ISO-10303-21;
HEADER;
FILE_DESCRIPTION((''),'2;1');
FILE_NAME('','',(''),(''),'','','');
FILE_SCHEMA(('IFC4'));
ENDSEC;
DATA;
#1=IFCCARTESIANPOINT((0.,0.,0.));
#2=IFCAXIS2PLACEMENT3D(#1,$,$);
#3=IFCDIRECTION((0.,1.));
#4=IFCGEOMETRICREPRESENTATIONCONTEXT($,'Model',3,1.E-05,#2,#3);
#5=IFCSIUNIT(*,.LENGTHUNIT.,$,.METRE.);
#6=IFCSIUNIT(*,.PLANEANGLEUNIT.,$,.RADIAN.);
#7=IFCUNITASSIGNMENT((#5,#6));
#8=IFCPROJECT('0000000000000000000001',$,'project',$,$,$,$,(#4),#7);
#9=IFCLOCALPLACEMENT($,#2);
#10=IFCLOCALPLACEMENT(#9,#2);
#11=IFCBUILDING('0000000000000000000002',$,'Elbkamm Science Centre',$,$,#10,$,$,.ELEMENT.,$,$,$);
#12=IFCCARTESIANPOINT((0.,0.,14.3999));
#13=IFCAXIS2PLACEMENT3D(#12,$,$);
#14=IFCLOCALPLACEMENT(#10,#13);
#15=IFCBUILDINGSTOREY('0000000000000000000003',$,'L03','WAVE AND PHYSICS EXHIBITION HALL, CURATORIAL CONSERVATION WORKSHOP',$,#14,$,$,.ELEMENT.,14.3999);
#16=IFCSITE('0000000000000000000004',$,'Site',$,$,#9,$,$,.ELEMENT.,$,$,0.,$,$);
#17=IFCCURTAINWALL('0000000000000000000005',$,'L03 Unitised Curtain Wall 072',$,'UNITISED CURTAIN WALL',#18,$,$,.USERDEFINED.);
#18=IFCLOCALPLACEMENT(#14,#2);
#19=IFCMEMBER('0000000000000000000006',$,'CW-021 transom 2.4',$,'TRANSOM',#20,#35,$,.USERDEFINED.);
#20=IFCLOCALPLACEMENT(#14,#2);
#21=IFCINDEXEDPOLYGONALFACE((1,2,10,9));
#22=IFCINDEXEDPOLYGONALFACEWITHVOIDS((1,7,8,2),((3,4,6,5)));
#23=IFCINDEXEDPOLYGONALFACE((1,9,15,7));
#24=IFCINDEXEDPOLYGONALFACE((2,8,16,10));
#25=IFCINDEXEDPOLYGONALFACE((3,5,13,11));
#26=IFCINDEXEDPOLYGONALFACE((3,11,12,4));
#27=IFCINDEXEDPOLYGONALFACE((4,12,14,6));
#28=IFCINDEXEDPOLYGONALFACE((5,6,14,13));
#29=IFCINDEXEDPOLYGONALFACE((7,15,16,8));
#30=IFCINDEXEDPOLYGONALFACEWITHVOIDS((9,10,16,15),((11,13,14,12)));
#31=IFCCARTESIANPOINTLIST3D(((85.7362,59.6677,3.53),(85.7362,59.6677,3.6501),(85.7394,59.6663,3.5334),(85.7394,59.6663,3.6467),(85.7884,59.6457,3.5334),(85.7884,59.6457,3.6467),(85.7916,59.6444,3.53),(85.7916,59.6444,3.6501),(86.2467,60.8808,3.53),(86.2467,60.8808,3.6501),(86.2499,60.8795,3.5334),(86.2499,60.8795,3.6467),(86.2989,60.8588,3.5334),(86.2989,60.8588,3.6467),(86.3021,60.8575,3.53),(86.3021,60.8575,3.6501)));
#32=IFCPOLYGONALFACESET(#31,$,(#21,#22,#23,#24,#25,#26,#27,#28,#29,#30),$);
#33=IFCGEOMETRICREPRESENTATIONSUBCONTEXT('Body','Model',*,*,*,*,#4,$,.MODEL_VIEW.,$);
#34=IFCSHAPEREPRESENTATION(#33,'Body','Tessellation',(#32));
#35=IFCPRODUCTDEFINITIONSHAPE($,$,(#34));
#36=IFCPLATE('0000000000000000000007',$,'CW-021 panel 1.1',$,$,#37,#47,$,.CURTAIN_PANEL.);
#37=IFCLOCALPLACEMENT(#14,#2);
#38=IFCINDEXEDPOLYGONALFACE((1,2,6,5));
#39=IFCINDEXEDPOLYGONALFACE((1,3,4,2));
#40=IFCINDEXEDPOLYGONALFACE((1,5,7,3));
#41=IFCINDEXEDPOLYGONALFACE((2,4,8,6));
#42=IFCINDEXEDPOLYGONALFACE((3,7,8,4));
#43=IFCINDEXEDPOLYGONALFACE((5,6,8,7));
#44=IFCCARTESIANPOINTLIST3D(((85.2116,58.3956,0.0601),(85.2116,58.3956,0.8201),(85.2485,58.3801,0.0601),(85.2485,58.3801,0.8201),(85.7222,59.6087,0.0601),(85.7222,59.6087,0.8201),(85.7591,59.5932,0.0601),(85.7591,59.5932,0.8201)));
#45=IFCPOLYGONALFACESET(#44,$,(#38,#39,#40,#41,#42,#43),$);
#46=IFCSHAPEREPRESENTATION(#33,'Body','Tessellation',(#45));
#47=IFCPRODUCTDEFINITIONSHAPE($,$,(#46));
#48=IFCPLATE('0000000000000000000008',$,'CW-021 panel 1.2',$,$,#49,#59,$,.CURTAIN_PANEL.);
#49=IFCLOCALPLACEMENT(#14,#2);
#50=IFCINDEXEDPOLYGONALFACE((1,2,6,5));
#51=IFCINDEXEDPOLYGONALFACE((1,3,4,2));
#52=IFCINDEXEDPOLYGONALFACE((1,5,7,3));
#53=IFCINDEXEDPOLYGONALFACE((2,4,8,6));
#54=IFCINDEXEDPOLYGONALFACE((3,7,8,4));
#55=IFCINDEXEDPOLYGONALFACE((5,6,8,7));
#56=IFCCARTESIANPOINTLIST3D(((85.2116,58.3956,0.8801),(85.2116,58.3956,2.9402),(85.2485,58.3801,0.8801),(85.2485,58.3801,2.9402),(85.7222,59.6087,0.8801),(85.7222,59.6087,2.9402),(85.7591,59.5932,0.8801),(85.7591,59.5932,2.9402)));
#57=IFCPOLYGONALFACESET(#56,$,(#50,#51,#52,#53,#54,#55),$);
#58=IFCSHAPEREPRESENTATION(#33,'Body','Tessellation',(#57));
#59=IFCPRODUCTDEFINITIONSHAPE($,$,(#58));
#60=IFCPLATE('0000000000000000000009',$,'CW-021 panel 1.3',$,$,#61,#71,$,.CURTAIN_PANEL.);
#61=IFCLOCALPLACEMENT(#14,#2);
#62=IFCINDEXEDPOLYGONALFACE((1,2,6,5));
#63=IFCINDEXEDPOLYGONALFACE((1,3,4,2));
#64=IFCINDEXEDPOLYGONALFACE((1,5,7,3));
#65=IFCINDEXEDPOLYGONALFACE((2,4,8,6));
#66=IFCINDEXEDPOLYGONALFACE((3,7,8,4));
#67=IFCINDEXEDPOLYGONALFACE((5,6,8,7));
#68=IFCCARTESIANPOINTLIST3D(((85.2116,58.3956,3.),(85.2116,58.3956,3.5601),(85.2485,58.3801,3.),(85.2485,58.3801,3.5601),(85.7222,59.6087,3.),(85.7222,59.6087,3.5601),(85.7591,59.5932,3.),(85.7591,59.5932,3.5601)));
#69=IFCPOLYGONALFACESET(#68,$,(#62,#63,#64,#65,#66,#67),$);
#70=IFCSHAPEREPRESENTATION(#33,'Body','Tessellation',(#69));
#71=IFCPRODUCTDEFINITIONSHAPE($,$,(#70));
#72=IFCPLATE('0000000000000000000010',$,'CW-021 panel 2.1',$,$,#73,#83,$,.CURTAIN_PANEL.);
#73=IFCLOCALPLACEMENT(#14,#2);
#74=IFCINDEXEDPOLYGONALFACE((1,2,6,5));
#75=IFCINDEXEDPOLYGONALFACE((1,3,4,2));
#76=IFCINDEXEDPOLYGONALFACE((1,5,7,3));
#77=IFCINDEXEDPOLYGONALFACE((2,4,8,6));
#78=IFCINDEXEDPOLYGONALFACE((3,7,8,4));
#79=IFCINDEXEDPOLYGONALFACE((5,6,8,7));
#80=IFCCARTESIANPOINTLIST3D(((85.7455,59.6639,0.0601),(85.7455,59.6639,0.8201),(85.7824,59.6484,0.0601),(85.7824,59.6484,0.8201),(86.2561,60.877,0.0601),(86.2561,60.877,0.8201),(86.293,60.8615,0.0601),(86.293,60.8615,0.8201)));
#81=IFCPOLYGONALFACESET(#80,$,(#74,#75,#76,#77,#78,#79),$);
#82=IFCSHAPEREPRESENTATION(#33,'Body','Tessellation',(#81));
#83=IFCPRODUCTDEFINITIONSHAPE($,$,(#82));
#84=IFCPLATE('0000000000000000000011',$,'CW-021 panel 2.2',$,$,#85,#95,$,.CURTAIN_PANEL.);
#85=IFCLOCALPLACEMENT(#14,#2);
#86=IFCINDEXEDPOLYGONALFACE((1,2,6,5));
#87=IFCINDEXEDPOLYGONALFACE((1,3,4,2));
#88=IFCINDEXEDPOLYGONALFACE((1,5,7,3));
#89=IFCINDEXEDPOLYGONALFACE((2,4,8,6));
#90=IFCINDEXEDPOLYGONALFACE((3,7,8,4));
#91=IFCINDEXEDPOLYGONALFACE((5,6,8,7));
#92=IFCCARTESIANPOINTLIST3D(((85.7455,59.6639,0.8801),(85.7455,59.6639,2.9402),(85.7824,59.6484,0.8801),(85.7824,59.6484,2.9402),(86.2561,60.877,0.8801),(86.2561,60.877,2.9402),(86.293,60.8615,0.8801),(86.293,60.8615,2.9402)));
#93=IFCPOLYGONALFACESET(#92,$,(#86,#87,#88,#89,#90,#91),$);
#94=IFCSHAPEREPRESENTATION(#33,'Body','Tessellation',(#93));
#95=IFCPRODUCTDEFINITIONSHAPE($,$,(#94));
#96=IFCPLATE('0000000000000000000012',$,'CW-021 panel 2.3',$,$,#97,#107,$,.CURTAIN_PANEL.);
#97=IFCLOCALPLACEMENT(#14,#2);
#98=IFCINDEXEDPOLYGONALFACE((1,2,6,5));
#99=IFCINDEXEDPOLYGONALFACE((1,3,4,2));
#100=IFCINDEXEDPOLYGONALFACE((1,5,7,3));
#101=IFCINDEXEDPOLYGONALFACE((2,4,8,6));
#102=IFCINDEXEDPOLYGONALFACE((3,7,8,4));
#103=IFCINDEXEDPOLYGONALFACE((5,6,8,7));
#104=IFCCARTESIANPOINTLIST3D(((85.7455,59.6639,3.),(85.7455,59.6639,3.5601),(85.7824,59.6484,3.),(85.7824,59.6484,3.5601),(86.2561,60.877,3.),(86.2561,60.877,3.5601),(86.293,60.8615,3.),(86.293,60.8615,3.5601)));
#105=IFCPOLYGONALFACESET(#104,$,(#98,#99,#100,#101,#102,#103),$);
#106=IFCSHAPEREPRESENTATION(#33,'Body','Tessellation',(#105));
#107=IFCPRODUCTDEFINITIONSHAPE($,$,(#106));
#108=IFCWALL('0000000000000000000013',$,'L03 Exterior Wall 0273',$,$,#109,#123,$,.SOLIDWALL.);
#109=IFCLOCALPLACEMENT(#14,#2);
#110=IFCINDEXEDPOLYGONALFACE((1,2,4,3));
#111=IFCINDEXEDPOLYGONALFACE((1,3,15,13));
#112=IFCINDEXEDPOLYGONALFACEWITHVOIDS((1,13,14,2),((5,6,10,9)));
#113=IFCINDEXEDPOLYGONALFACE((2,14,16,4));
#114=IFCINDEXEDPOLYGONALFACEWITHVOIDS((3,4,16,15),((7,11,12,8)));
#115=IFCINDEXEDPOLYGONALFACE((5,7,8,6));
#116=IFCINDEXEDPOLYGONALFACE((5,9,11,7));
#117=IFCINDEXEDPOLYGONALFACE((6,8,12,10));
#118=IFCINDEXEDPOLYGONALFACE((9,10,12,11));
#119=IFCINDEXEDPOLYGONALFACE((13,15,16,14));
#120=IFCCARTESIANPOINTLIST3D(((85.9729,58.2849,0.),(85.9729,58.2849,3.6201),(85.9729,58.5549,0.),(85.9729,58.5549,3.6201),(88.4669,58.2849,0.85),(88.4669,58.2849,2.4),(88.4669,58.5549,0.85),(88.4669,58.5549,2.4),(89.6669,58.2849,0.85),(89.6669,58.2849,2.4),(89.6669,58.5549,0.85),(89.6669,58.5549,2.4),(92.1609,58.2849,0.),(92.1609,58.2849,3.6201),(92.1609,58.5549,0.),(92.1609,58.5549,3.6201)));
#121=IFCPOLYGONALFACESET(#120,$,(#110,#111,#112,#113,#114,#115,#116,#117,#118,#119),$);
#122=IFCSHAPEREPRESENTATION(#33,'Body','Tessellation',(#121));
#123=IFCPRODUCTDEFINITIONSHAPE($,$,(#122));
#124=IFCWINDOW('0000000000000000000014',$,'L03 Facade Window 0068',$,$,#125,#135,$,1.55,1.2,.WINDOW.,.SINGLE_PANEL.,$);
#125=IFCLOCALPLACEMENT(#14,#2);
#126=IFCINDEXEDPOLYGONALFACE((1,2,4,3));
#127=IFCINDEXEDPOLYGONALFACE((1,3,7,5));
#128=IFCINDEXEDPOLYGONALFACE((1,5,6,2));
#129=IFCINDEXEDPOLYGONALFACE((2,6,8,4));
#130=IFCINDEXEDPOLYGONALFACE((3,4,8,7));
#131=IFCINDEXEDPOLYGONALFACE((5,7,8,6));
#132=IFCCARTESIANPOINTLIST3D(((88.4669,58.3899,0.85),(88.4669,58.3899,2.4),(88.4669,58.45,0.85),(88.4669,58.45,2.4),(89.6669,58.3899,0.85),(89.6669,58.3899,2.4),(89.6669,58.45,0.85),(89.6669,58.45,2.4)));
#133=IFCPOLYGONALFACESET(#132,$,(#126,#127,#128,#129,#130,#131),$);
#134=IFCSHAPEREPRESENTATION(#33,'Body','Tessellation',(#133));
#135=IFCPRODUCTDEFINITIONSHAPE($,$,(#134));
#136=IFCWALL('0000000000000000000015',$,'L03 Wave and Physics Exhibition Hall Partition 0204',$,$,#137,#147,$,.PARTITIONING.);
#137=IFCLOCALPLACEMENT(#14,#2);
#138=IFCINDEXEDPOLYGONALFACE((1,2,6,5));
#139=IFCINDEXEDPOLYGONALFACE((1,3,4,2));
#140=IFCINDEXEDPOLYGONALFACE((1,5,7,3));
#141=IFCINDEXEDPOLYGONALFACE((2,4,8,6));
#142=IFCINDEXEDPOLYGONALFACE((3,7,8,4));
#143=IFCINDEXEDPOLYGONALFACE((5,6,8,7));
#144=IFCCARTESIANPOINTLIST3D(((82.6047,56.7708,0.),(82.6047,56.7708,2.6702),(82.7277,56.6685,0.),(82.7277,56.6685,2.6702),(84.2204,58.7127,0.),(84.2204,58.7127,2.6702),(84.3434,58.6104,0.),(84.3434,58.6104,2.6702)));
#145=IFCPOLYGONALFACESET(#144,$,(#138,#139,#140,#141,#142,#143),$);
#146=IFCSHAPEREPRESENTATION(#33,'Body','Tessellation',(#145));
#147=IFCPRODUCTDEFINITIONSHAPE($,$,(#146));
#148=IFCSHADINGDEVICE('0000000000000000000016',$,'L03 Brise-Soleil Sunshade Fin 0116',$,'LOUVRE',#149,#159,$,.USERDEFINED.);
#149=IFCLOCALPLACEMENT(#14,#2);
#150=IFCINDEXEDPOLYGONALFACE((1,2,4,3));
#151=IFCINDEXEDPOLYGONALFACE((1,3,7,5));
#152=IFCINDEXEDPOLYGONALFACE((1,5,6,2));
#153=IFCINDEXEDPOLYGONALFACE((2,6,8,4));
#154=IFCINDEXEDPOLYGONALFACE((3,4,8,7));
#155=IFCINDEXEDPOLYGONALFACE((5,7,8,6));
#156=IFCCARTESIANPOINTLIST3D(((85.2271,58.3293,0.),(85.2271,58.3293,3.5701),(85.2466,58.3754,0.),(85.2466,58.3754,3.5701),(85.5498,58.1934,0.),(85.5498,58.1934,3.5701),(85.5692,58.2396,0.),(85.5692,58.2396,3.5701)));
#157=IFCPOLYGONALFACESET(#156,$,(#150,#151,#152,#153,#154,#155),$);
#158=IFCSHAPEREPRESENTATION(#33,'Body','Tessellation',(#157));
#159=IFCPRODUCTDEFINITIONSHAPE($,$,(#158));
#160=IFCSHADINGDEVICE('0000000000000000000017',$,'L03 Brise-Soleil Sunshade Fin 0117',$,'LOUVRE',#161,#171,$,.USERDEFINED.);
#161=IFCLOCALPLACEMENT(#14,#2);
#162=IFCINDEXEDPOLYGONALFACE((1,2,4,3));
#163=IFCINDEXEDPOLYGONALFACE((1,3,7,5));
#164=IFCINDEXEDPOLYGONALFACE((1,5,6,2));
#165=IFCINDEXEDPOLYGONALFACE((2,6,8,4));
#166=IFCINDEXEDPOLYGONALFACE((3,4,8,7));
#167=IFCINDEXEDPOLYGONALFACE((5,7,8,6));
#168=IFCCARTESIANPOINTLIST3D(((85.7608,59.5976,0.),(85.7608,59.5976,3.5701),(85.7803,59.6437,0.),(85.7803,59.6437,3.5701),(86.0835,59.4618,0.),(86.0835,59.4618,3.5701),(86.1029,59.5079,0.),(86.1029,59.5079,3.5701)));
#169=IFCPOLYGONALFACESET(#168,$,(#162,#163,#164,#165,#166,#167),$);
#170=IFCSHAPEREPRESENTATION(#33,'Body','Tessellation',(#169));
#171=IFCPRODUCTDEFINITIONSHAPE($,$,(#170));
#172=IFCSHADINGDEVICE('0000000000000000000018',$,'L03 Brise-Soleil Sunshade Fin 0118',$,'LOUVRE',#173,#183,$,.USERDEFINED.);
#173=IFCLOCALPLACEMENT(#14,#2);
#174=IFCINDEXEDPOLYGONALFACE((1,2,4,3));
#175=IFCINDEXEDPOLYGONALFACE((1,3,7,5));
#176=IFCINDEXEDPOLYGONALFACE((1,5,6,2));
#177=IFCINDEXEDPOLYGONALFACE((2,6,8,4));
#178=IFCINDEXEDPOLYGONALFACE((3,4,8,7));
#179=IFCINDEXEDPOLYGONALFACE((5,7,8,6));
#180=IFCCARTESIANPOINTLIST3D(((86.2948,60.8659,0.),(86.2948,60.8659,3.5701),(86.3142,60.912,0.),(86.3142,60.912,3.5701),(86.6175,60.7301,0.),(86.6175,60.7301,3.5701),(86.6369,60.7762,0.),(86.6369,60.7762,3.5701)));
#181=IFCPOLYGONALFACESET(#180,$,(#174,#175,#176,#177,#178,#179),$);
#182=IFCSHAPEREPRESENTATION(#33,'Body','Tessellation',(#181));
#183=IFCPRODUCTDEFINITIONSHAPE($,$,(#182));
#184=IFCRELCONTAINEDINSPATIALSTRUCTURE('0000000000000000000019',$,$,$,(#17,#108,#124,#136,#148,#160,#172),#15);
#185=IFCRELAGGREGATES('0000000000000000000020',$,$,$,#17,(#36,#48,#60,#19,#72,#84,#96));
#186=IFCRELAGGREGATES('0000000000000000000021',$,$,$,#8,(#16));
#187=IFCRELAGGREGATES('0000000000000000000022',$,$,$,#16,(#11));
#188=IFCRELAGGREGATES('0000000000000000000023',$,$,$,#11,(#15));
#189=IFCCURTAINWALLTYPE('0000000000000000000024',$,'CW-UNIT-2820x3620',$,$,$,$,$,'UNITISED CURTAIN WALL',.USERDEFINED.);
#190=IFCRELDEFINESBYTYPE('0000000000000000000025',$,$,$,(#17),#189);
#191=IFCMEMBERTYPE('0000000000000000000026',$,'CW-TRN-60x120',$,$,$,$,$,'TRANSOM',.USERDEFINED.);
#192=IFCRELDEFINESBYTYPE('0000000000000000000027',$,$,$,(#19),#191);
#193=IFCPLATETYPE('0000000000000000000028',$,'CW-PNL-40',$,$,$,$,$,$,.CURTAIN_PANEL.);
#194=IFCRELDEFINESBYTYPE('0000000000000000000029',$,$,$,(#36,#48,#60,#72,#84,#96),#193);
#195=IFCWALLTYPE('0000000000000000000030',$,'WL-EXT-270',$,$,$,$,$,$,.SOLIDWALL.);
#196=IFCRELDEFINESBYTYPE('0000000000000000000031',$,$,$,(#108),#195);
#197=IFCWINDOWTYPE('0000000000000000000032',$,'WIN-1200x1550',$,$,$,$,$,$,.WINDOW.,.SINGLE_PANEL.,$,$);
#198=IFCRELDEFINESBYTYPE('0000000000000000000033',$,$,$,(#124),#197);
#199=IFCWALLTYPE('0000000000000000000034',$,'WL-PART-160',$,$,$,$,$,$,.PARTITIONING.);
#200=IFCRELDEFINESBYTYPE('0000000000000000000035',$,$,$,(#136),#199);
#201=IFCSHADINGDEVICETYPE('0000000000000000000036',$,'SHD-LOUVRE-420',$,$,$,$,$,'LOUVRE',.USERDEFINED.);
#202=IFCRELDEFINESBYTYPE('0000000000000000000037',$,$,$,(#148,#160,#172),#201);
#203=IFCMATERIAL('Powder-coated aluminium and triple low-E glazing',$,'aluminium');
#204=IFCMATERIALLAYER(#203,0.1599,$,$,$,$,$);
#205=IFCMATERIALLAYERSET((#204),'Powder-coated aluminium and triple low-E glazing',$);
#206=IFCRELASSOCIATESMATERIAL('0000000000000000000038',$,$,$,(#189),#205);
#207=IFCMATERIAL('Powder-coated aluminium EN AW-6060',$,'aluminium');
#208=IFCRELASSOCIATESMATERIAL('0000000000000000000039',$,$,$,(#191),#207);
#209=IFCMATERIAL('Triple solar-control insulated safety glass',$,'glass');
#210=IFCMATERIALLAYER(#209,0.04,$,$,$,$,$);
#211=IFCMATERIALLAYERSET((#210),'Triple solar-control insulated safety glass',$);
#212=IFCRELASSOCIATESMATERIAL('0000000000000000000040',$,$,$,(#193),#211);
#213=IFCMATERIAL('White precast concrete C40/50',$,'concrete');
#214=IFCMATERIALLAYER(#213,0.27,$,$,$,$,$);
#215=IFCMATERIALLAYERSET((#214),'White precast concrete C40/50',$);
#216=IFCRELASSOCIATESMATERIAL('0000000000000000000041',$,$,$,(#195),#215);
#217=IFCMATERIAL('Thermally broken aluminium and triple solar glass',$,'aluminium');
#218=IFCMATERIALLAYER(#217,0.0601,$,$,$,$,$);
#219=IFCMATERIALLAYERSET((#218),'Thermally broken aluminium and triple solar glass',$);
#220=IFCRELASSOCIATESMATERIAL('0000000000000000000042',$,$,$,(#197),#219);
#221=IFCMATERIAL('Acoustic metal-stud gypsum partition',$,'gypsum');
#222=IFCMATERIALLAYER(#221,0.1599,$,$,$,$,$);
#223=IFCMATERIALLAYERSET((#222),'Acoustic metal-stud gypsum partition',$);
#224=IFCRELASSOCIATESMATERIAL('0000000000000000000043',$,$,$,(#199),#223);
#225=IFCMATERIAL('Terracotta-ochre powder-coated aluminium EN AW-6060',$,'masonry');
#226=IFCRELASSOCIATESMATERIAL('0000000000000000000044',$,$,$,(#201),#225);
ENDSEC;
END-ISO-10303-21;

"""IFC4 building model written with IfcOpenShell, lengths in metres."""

from ifc_helpers import new_model, si_unit, direction, frame, frame_2d, origin, origin_2d, place, context, subcontext, project, spatial, rectangle, hollow_rectangle, extrude, material, layer, layer_set, material_profile, profile_set, type_object, element, fill, aggregate, save


model = new_model("IFC4")

# Units and contexts
model_context = context("Model", 3, precision=1e-05, world=origin(), true_north=direction((0.0, 1.0)))
body_context = subcontext(model_context, "Body", "Model", "MODEL_VIEW")
ifc_project = project(units=[si_unit("LENGTHUNIT", "METRE"), si_unit("PLANEANGLEUNIT", "RADIAN")], contexts=[model_context])

# Site, building, storey
site_placement = place(None, origin())
site = spatial("IfcSite", under=ifc_project, at=site_placement, Name="Site", CompositionType="ELEMENT", RefElevation=0.0)
building_placement = place(site_placement, origin())
building = spatial("IfcBuilding", under=site, at=building_placement, Name="Elbkamm Science Centre", CompositionType="ELEMENT")
storey_placement = place(building_placement, frame((0.0, 0.0, 14.3999)))
storey = spatial("IfcBuildingStorey", under=building, at=storey_placement, Name="L03", Description="WAVE AND PHYSICS EXHIBITION HALL, CURATORIAL CONSERVATION WORKSHOP", CompositionType="ELEMENT", Elevation=14.3999)

# Curtain wall, member, plates
ifc_material_1 = material(Name="Powder-coated aluminium and triple low-E glazing", Category="aluminium")
ifc_layer_1 = layer(ifc_material_1, 0.1599)
ifc_layer_set_1 = layer_set([ifc_layer_1], Name="Powder-coated aluminium and triple low-E glazing")
curtain_wall_type = type_object("IfcCurtainWallType", Name="CW-UNIT-2820x3620", ElementType="UNITISED CURTAIN WALL", PredefinedType="USERDEFINED", material=ifc_layer_set_1)
curtain_wall_placement = place(storey_placement, origin())
curtain_wall = element("IfcCurtainWall", 1, at=curtain_wall_placement, inside=storey, type_object=curtain_wall_type, Name="L03 Unitised Curtain Wall 072", ObjectType="UNITISED CURTAIN WALL", PredefinedType="USERDEFINED")
ifc_material_2 = material(Name="Powder-coated aluminium EN AW-6060", Category="aluminium")
ifc_material_profile_1 = material_profile(ifc_material_2, hollow_rectangle(XDim=0.0601, YDim=0.1201, WallThickness=0.0034, at=origin_2d()), Name="ALU T60x120")
ifc_profile_set_1 = profile_set([ifc_material_profile_1], Name="Powder-coated aluminium EN AW-6060")
member_type_1 = type_object("IfcMemberType", Name="CW-TRN-60x120", ElementType="TRANSOM", PredefinedType="USERDEFINED", material=ifc_profile_set_1)
member_1_placement = place(storey_placement, frame((85.7639, 59.656, 3.5901), z_axis=(0.387866, 0.921716, 0.0), x_axis=(-0.921716, 0.387866, 0.0)))
member_1 = element("IfcMember", 2, at=member_1_placement, type_object=member_type_1, Name="CW-021 transom 2.4", ObjectType="TRANSOM", PredefinedType="USERDEFINED", context=body_context, shape_type="SweptSolid", body=[
    extrude(hollow_rectangle(XDim=0.0601, YDim=0.1201, WallThickness=0.0034, at=origin_2d()), origin(), (0.0, 0.0, 1.0), 1.3162),
])
ifc_material_3 = material(Name="Triple solar-control insulated safety glass", Category="glass")
ifc_layer_2 = layer(ifc_material_3, 0.04)
ifc_layer_set_2 = layer_set([ifc_layer_2], Name="Triple solar-control insulated safety glass")
plate_type = type_object("IfcPlateType", Name="CW-PNL-40", PredefinedType="CURTAIN_PANEL", material=ifc_layer_set_2)
plate_1_placement = place(storey_placement, frame((85.4854, 58.9944, 0.0601), z_axis=(0.0, 0.0, 1.0), x_axis=(0.387958, 0.921677, 0.0)))
plate_1 = element("IfcPlate", 3, at=plate_1_placement, type_object=plate_type, Name="CW-021 panel 1.1", PredefinedType="CURTAIN_PANEL", context=body_context, shape_type="SweptSolid", body=[
    extrude(rectangle(XDim=1.3162, YDim=0.04, at=origin_2d()), origin(), (0.0, 0.0, 1.0), 0.76),
])
plate_2_placement = place(storey_placement, frame((85.4854, 58.9944, 0.8801), z_axis=(0.0, 0.0, 1.0), x_axis=(0.387958, 0.921677, 0.0)))
plate_2 = element("IfcPlate", 4, at=plate_2_placement, type_object=plate_type, Name="CW-021 panel 1.2", PredefinedType="CURTAIN_PANEL", context=body_context, shape_type="SweptSolid", body=[
    extrude(rectangle(XDim=1.3162, YDim=0.04, at=origin_2d()), origin(), (0.0, 0.0, 1.0), 2.0601),
])
plate_3_placement = place(storey_placement, frame((85.4854, 58.9944, 3.0), z_axis=(0.0, 0.0, 1.0), x_axis=(0.387958, 0.921677, 0.0)))
plate_3 = element("IfcPlate", 5, at=plate_3_placement, type_object=plate_type, Name="CW-021 panel 1.3", PredefinedType="CURTAIN_PANEL", context=body_context, shape_type="SweptSolid", body=[
    extrude(rectangle(XDim=1.3162, YDim=0.04, at=origin_2d()), origin(), (0.0, 0.0, 1.0), 0.5601),
])
plate_4_placement = place(storey_placement, frame((86.0193, 60.2627, 0.0601), z_axis=(0.0, 0.0, 1.0), x_axis=(0.387958, 0.921677, 0.0)))
plate_4 = element("IfcPlate", 6, at=plate_4_placement, type_object=plate_type, Name="CW-021 panel 2.1", PredefinedType="CURTAIN_PANEL", context=body_context, shape_type="SweptSolid", body=[
    extrude(rectangle(XDim=1.3162, YDim=0.04, at=origin_2d()), origin(), (0.0, 0.0, 1.0), 0.76),
])
plate_5_placement = place(storey_placement, frame((86.0193, 60.2627, 0.8801), z_axis=(0.0, 0.0, 1.0), x_axis=(0.387958, 0.921677, 0.0)))
plate_5 = element("IfcPlate", 7, at=plate_5_placement, type_object=plate_type, Name="CW-021 panel 2.2", PredefinedType="CURTAIN_PANEL", context=body_context, shape_type="SweptSolid", body=[
    extrude(rectangle(XDim=1.3162, YDim=0.04, at=origin_2d()), origin(), (0.0, 0.0, 1.0), 2.0601),
])
plate_6_placement = place(storey_placement, frame((86.0193, 60.2627, 3.0), z_axis=(0.0, 0.0, 1.0), x_axis=(0.387958, 0.921677, 0.0)))
plate_6 = element("IfcPlate", 8, at=plate_6_placement, type_object=plate_type, Name="CW-021 panel 2.3", PredefinedType="CURTAIN_PANEL", context=body_context, shape_type="SweptSolid", body=[
    extrude(rectangle(XDim=1.3162, YDim=0.04, at=origin_2d()), origin(), (0.0, 0.0, 1.0), 0.5601),
])
aggregate(curtain_wall, [plate_1, plate_2, plate_3, member_1, plate_4, plate_5, plate_6])

# Wall, opening, window
ifc_material_4 = material(Name="White precast concrete C40/50", Category="concrete")
ifc_layer_3 = layer(ifc_material_4, 0.27)
ifc_layer_set_3 = layer_set([ifc_layer_3], Name="White precast concrete C40/50")
wall_type_1 = type_object("IfcWallType", Name="WL-EXT-270", PredefinedType="SOLIDWALL", material=ifc_layer_set_3)
wall_1_placement = place(storey_placement, frame((85.9729, 58.4199, 0.0), z_axis=(0.0, 0.0, 1.0), x_axis=(1.0, 0.0, 0.0)))
wall_1 = element("IfcWall", 9, at=wall_1_placement, inside=storey, type_object=wall_type_1, Name="L03 Exterior Wall 0273", PredefinedType="SOLIDWALL", context=body_context, shape_type="SweptSolid", body=[
    extrude(rectangle(XDim=6.188, YDim=0.27, at=frame_2d((3.094, 0.0))), origin(), (0.0, 0.0, 1.0), 3.6201),
])
opening_placement = place(wall_1_placement, frame((2.4939, 0.0, 0.8501)))
opening = element("IfcOpeningElement", 10, at=opening_placement, cuts=wall_1, PredefinedType="OPENING", context=body_context, shape_type="SweptSolid", body=[
    extrude(rectangle(XDim=1.2, YDim=1.55, at=frame_2d((0.6001, 0.7749))), frame((0.0, 0.147, 0.0), z_axis=(0.0, -1.0, 0.0), x_axis=(1.0, 0.0, 0.0)), (0.0, 0.0, 1.0), 0.2939),
])
ifc_material_5 = material(Name="Thermally broken aluminium and triple solar glass", Category="aluminium")
ifc_layer_4 = layer(ifc_material_5, 0.0601)
ifc_layer_set_4 = layer_set([ifc_layer_4], Name="Thermally broken aluminium and triple solar glass")
window_type = type_object("IfcWindowType", Name="WIN-1200x1550", PartitioningType="SINGLE_PANEL", PredefinedType="WINDOW", material=ifc_layer_set_4)
window_placement = place(opening_placement, origin())
window = element("IfcWindow", 11, at=window_placement, inside=storey, type_object=window_type, Name="L03 Facade Window 0068", OverallHeight=1.55, OverallWidth=1.2, PartitioningType="SINGLE_PANEL", PredefinedType="WINDOW", context=body_context, shape_type="SweptSolid", body=[
    extrude(rectangle(XDim=1.2, YDim=1.55, at=frame_2d((0.6001, 0.7749))), frame((0.0, 0.03, 0.0), z_axis=(0.0, -1.0, 0.0), x_axis=(1.0, 0.0, 0.0)), (0.0, 0.0, 1.0), 0.0601),
])
fill(opening, window)

# Wall
ifc_material_6 = material(Name="Acoustic metal-stud gypsum partition", Category="gypsum")
ifc_layer_5 = layer(ifc_material_6, 0.1599)
ifc_layer_set_5 = layer_set([ifc_layer_5], Name="Acoustic metal-stud gypsum partition")
wall_type_2 = type_object("IfcWallType", Name="WL-PART-160", PredefinedType="PARTITIONING", material=ifc_layer_set_5)
wall_2_placement = place(storey_placement, frame((84.282, 58.6616, 0.0), z_axis=(0.0, 0.0, 1.0), x_axis=(-0.639595, -0.768712, 0.0)))
element("IfcWall", 12, at=wall_2_placement, inside=storey, type_object=wall_type_2, Name="L03 Wave and Physics Exhibition Hall Partition 0204", PredefinedType="PARTITIONING", context=body_context, shape_type="SweptSolid", body=[
    extrude(rectangle(XDim=2.5261, YDim=0.1599, at=frame_2d((1.2632, 0.0))), origin(), (0.0, 0.0, 1.0), 2.6702),
])

# Shading devices
ifc_material_7 = material(Name="Terracotta-ochre powder-coated aluminium EN AW-6060", Category="masonry")
shading_device_type = type_object("IfcShadingDeviceType", Name="SHD-LOUVRE-420", ElementType="LOUVRE", PredefinedType="USERDEFINED", material=ifc_material_7)
for number, where, z_axis, x_axis, name in (
    (13, (85.3982, 58.2844, 0.0), (0.0, 0.0, 1.0), (0.921677, -0.387958, 0.0), "L03 Brise-Soleil Sunshade Fin 0116"),
    (14, (85.9319, 59.5527, 0.0), (0.0, 0.0, 1.0), (0.921677, -0.387958, 0.0), "L03 Brise-Soleil Sunshade Fin 0117"),
    (15, (86.4658, 60.821, 0.0), (0.0, 0.0, 1.0), (0.921677, -0.387958, 0.0), "L03 Brise-Soleil Sunshade Fin 0118"),
):
    element("IfcShadingDevice", number, at=place(storey_placement, frame(where, z_axis=z_axis, x_axis=x_axis)), inside=storey, type_object=shading_device_type, Name=name, ObjectType="LOUVRE", PredefinedType="USERDEFINED", context=body_context, shape_type="SweptSolid", body=[
        extrude(rectangle(XDim=0.3501, YDim=0.05, at=origin_2d()), origin(), (0.0, 0.0, 1.0), 3.5701),
    ])

save(model, "model.ifc")
